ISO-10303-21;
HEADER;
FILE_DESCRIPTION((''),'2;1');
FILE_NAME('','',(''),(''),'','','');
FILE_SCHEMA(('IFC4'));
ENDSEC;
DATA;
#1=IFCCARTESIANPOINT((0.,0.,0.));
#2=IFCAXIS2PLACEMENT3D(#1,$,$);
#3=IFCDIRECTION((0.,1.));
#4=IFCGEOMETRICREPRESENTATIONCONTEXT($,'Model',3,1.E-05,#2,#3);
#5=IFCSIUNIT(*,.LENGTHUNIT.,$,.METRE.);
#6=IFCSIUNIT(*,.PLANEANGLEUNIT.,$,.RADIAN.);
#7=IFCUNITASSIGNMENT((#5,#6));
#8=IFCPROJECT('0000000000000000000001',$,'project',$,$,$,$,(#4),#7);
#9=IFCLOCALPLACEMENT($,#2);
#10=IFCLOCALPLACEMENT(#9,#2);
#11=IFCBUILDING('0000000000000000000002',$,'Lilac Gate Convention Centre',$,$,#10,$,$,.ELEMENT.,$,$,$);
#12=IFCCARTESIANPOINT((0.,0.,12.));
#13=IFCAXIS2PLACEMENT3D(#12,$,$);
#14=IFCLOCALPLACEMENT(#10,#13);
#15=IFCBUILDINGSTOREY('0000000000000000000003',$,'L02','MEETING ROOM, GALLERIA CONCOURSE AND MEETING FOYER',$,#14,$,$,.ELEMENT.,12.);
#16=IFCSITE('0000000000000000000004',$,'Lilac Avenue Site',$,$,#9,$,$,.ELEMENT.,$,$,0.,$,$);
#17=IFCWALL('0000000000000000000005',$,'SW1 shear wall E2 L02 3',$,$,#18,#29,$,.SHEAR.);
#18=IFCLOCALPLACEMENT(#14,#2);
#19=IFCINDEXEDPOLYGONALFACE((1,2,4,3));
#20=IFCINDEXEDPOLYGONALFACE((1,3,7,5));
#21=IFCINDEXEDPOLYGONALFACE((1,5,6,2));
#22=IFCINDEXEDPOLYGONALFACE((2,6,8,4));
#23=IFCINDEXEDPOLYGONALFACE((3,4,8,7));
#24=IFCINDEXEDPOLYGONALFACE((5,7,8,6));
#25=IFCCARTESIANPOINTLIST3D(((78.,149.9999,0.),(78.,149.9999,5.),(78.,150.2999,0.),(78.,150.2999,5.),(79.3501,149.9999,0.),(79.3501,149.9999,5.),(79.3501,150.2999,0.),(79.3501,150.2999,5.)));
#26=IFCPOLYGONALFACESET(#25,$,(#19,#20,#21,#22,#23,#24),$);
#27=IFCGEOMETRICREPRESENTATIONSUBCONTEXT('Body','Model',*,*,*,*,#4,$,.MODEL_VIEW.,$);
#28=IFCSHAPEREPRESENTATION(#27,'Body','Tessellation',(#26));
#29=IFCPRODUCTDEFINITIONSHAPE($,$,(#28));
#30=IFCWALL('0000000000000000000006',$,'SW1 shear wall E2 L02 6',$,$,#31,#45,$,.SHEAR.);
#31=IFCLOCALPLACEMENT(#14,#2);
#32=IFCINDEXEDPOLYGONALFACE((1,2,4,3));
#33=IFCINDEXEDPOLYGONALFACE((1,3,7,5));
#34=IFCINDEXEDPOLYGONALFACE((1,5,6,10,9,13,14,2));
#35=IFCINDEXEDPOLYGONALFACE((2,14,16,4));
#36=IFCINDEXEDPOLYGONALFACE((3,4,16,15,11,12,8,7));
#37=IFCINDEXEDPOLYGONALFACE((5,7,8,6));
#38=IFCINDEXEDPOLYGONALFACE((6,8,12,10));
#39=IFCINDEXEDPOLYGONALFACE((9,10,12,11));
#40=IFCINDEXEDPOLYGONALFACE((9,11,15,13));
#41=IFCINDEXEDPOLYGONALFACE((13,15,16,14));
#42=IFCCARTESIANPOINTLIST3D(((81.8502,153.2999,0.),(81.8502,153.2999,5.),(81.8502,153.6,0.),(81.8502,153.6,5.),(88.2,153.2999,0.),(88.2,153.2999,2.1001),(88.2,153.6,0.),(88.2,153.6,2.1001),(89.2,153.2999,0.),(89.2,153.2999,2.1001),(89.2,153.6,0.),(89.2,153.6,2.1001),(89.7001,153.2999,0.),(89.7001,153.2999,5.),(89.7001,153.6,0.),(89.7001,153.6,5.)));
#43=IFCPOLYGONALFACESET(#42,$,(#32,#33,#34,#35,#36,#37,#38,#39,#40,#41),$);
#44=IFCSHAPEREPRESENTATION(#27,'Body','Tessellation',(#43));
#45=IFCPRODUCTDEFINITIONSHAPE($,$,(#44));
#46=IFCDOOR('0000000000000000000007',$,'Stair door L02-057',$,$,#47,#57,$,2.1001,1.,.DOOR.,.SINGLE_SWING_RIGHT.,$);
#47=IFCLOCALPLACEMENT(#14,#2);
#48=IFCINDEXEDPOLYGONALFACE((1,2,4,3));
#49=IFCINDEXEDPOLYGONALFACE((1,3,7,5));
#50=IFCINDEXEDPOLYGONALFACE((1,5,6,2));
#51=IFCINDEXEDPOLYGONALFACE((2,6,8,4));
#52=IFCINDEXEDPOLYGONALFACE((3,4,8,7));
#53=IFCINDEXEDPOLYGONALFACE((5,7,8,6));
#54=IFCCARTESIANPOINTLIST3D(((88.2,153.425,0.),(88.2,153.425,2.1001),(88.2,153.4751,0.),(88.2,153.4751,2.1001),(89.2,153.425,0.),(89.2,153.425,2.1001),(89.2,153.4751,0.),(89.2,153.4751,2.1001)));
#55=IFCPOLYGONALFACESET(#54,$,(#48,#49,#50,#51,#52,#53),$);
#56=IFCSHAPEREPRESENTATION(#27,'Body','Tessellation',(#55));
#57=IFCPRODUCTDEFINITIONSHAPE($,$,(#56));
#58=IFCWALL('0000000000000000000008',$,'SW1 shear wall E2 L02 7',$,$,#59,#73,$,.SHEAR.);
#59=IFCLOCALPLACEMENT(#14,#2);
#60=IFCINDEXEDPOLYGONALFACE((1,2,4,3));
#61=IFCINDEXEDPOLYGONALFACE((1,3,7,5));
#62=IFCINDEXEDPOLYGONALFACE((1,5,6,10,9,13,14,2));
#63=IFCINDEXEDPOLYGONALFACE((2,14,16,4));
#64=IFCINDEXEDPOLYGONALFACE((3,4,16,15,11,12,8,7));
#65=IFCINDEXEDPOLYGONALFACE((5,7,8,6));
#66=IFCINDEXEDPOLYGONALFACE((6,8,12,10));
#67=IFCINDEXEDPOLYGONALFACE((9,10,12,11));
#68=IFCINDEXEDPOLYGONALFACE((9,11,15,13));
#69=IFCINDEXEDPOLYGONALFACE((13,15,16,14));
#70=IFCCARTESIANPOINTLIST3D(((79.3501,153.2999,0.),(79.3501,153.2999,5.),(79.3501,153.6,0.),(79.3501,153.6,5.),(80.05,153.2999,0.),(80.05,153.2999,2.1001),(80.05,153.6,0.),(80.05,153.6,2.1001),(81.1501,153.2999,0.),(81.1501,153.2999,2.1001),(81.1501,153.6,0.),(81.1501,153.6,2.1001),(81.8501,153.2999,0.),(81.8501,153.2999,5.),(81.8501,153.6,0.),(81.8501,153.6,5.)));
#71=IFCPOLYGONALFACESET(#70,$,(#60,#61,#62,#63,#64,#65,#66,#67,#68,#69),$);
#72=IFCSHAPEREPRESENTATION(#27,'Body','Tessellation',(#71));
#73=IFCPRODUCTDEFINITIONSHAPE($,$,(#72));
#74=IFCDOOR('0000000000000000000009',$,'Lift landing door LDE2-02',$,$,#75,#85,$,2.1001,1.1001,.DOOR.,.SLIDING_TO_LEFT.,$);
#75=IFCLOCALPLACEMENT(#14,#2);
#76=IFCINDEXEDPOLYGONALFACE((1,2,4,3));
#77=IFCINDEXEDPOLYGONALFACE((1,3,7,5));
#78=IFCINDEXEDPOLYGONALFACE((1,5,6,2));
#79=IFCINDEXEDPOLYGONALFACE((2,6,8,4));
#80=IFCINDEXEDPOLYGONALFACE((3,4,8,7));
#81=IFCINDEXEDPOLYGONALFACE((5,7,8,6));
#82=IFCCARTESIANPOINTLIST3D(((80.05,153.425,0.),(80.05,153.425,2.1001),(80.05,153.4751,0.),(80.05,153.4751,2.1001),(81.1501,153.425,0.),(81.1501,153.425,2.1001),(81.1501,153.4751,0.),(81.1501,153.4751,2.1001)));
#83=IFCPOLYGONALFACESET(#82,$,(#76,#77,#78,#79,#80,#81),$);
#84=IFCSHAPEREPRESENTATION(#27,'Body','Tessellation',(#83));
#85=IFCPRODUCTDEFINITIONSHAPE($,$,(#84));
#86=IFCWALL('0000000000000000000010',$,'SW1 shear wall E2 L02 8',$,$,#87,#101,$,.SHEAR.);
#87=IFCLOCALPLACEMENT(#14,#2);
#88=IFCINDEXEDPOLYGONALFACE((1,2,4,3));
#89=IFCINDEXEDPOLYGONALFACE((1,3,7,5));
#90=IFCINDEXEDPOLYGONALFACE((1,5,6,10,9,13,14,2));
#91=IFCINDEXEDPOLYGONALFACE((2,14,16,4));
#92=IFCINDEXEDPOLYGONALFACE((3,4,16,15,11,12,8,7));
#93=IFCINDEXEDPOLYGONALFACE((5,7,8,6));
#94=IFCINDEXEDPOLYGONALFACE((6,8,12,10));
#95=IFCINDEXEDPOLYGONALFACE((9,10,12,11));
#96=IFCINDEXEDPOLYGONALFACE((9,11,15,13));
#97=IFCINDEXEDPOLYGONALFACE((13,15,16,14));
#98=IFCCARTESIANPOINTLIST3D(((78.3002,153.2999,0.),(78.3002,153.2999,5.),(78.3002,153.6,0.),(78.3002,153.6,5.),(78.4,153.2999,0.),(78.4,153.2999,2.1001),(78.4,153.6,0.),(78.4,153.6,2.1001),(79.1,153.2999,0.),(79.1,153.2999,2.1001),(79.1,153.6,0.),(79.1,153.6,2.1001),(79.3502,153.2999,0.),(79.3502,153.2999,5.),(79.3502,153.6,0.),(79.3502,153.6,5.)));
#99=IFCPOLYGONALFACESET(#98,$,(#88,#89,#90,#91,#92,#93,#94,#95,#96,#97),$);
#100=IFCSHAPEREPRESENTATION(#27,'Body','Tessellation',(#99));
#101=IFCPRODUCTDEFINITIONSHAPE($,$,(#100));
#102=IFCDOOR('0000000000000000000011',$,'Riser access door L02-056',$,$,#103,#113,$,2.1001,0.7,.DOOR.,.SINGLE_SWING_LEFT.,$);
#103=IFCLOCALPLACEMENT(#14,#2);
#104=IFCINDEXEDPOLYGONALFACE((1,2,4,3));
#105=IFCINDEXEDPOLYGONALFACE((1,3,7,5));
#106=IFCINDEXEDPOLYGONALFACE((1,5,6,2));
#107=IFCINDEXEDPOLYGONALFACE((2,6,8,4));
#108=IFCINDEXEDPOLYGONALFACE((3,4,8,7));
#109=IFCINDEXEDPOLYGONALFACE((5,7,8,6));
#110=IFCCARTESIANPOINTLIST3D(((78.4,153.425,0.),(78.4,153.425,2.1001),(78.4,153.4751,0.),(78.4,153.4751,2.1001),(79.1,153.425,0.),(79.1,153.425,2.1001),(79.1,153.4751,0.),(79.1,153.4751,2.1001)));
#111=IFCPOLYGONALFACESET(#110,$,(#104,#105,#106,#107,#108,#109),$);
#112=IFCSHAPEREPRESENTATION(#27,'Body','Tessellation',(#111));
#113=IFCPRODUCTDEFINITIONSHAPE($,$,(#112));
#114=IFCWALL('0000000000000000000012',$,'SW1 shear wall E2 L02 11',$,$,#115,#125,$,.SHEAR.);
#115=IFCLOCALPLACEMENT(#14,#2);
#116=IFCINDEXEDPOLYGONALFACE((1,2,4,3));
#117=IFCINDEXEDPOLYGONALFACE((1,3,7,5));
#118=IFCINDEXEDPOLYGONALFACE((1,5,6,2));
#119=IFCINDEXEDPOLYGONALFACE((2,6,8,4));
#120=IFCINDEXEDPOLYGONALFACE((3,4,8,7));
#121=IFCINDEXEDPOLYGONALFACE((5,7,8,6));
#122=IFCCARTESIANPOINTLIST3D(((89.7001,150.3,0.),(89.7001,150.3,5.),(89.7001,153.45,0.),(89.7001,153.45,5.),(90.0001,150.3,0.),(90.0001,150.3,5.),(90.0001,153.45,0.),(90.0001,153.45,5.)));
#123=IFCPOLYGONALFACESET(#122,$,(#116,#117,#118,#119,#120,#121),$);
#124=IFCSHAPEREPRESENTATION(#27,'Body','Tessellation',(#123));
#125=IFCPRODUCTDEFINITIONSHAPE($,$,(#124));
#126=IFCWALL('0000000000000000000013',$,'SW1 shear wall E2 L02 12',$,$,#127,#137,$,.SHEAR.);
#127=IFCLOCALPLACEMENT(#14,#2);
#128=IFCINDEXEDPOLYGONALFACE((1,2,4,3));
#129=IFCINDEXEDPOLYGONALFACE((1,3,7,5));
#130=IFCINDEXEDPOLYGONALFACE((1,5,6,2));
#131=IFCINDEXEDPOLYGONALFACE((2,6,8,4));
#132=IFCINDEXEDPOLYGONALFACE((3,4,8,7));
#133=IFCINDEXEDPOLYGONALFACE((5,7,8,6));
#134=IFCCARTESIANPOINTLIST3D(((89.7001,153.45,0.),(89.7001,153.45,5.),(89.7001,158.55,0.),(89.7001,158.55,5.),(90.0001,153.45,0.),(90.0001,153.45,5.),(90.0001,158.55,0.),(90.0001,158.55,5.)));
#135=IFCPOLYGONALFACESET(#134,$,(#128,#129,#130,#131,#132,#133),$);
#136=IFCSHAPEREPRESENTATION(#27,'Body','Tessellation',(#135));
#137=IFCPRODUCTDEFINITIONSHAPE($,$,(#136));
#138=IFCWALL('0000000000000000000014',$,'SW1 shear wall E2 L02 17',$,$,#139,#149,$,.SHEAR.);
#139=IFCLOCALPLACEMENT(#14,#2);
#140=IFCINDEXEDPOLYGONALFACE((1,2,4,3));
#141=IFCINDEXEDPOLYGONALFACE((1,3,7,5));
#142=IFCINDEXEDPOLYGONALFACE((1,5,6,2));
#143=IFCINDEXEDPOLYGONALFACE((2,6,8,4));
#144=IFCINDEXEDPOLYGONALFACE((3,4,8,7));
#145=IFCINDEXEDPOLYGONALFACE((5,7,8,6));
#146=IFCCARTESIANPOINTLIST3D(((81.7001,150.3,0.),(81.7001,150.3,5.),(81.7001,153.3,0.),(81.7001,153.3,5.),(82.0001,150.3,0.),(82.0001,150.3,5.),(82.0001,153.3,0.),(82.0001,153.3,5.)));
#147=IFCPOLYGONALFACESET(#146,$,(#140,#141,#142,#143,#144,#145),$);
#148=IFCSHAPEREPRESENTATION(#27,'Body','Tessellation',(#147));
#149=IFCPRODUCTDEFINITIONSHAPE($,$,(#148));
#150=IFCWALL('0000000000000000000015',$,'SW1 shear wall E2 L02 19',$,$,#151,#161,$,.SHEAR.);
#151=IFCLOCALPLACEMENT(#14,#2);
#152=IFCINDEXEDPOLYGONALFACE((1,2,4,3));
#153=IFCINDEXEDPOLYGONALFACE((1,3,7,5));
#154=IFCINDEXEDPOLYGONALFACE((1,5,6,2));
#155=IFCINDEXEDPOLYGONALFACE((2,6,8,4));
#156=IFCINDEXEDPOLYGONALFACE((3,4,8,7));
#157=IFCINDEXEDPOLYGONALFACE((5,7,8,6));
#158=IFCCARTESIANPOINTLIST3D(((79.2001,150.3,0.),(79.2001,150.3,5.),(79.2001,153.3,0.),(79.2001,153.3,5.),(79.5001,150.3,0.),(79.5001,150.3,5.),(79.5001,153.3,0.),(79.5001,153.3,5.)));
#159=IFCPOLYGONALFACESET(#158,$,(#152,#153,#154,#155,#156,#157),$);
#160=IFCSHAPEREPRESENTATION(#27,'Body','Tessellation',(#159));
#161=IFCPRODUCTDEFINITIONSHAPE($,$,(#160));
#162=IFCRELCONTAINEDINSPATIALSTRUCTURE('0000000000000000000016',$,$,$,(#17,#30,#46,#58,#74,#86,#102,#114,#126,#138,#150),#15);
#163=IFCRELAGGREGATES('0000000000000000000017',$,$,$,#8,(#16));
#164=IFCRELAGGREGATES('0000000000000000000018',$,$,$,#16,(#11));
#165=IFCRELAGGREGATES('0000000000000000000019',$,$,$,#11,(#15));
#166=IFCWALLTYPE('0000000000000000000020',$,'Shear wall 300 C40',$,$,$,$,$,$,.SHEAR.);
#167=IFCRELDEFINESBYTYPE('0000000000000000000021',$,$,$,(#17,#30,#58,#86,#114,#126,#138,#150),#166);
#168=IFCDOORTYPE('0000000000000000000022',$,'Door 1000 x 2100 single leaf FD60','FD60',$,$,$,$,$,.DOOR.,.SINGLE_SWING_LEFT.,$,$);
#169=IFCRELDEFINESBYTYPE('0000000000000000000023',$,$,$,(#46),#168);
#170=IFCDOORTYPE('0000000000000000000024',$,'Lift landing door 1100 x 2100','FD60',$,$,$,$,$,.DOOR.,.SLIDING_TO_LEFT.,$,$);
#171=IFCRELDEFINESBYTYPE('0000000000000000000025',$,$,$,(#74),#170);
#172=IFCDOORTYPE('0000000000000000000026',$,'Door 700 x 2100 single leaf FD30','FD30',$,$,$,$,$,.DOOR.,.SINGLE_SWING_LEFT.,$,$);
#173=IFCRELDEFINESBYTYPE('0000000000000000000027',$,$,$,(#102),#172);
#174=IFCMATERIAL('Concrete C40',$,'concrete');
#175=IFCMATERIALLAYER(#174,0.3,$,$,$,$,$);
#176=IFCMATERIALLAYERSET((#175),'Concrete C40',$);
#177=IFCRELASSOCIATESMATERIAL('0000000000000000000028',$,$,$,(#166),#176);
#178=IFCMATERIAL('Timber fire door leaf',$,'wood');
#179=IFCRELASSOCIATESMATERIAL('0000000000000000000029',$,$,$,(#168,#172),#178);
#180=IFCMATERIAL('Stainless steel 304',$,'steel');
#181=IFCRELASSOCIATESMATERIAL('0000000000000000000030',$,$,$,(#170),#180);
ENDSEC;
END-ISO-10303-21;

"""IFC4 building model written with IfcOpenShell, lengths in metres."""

from ifc_helpers import new_model, si_unit, direction, frame, frame_2d, origin, place, context, subcontext, project, spatial, rectangle, extrude, material, layer, layer_set, type_object, element, fill, save


model = new_model("IFC4")

# Units and contexts
model_context = context("Model", 3, precision=1e-05, world=origin(), true_north=direction((0.0, 1.0)))
body_context = subcontext(model_context, "Body", "Model", "MODEL_VIEW")
ifc_project = project(units=[si_unit("LENGTHUNIT", "METRE"), si_unit("PLANEANGLEUNIT", "RADIAN")], contexts=[model_context])

# Site, building, storey
site_placement = place(None, origin())
site = spatial("IfcSite", under=ifc_project, at=site_placement, Name="Lilac Avenue Site", CompositionType="ELEMENT", RefElevation=0.0)
building_placement = place(site_placement, origin())
building = spatial("IfcBuilding", under=site, at=building_placement, Name="Lilac Gate Convention Centre", CompositionType="ELEMENT")
storey_placement = place(building_placement, frame((0.0, 0.0, 12.0)))
storey = spatial("IfcBuildingStorey", under=building, at=storey_placement, Name="L02", Description="MEETING ROOM, GALLERIA CONCOURSE AND MEETING FOYER", CompositionType="ELEMENT", Elevation=12.0)

# Shared definitions
ifc_material_1 = material(Name="Concrete C40", Category="concrete")

# Shared definitions
ifc_material_2 = material(Name="Timber fire door leaf", Category="wood")

# Shared definitions
ifc_layer_1 = layer(ifc_material_1, 0.3)
ifc_layer_set_1 = layer_set([ifc_layer_1], Name="Concrete C40")
wall_type_1 = type_object("IfcWallType", Name="Shear wall 300 C40", PredefinedType="SHEAR", material=ifc_layer_set_1)

# Wall
wall_1_placement = place(storey_placement, frame((79.3501, 150.1499, 0.0), z_axis=(0.0, 0.0, 1.0), x_axis=(-1.0, 0.0, 0.0)))
element("IfcWall", 1, at=wall_1_placement, inside=storey, type_object=wall_type_1, Name="SW1 shear wall E2 L02 3", PredefinedType="SHEAR", context=body_context, shape_type="SweptSolid", body=[
    extrude(rectangle(XDim=1.3501, YDim=0.3, at=frame_2d((0.675, 0.0))), origin(), (0.0, 0.0, 1.0), 5.0),
])

# Walls, openings, doors
wall_2_placement = place(storey_placement, frame((89.7, 153.45, 0.0), z_axis=(0.0, 0.0, 1.0), x_axis=(-1.0, 0.0, 0.0)))
wall_2 = element("IfcWall", 2, at=wall_2_placement, inside=storey, type_object=wall_type_1, Name="SW1 shear wall E2 L02 6", PredefinedType="SHEAR", context=body_context, shape_type="SweptSolid", body=[
    extrude(rectangle(XDim=7.8499, YDim=0.3, at=frame_2d((3.9248, 0.0))), origin(), (0.0, 0.0, 1.0), 5.0),
])
opening_1_placement = place(wall_2_placement, frame((0.5, 0.0, 0.0)))
opening_1 = element("IfcOpeningElement", 3, at=opening_1_placement, cuts=wall_2, PredefinedType="OPENING", context=body_context, shape_type="SweptSolid", body=[
    extrude(rectangle(XDim=1.0, YDim=2.1001, at=frame_2d((0.5, 1.05))), frame((0.0, 0.1599, 0.0), z_axis=(0.0, -1.0, 0.0), x_axis=(1.0, 0.0, 0.0)), (0.0, 0.0, 1.0), 0.3201),
])
door_type_1 = type_object("IfcDoorType", Name="Door 1000 x 2100 single leaf FD60", Description="FD60", OperationType="SINGLE_SWING_LEFT", PredefinedType="DOOR", material=ifc_material_2)
door_1_placement = place(opening_1_placement, origin())
door_1 = element("IfcDoor", 4, at=door_1_placement, inside=storey, type_object=door_type_1, Name="Stair door L02-057", OperationType="SINGLE_SWING_RIGHT", OverallHeight=2.1001, OverallWidth=1.0, PredefinedType="DOOR", context=body_context, shape_type="SweptSolid", body=[
    extrude(rectangle(XDim=1.0, YDim=2.1001, at=frame_2d((0.5, 1.05))), frame((0.0, 0.0249, 0.0), z_axis=(0.0, -1.0, 0.0), x_axis=(1.0, 0.0, 0.0)), (0.0, 0.0, 1.0), 0.05),
])
fill(opening_1, door_1)
wall_3_placement = place(storey_placement, frame((81.8501, 153.45, 0.0), z_axis=(0.0, 0.0, 1.0), x_axis=(-1.0, 0.0, 0.0)))
wall_3 = element("IfcWall", 5, at=wall_3_placement, inside=storey, type_object=wall_type_1, Name="SW1 shear wall E2 L02 7", PredefinedType="SHEAR", context=body_context, shape_type="SweptSolid", body=[
    extrude(rectangle(XDim=2.5, YDim=0.3, at=frame_2d((1.25, 0.0))), origin(), (0.0, 0.0, 1.0), 5.0),
])
opening_2_placement = place(wall_3_placement, frame((0.7, 0.0, 0.0)))
opening_2 = element("IfcOpeningElement", 6, at=opening_2_placement, cuts=wall_3, PredefinedType="OPENING", context=body_context, shape_type="SweptSolid", body=[
    extrude(rectangle(XDim=1.1001, YDim=2.1001, at=frame_2d((0.55, 1.05))), frame((0.0, 0.1599, 0.0), z_axis=(0.0, -1.0, 0.0), x_axis=(1.0, 0.0, 0.0)), (0.0, 0.0, 1.0), 0.3201),
])
ifc_material_3 = material(Name="Stainless steel 304", Category="steel")
door_type_2 = type_object("IfcDoorType", Name="Lift landing door 1100 x 2100", Description="FD60", OperationType="SLIDING_TO_LEFT", PredefinedType="DOOR", material=ifc_material_3)
door_2_placement = place(opening_2_placement, origin())
door_2 = element("IfcDoor", 7, at=door_2_placement, inside=storey, type_object=door_type_2, Name="Lift landing door LDE2-02", OperationType="SLIDING_TO_LEFT", OverallHeight=2.1001, OverallWidth=1.1001, PredefinedType="DOOR", context=body_context, shape_type="SweptSolid", body=[
    extrude(rectangle(XDim=1.1001, YDim=2.1001, at=frame_2d((0.55, 1.05))), frame((0.0, 0.0249, 0.0), z_axis=(0.0, -1.0, 0.0), x_axis=(1.0, 0.0, 0.0)), (0.0, 0.0, 1.0), 0.05),
])
fill(opening_2, door_2)
wall_4_placement = place(storey_placement, frame((79.3501, 153.45, 0.0), z_axis=(0.0, 0.0, 1.0), x_axis=(-1.0, 0.0, 0.0)))
wall_4 = element("IfcWall", 8, at=wall_4_placement, inside=storey, type_object=wall_type_1, Name="SW1 shear wall E2 L02 8", PredefinedType="SHEAR", context=body_context, shape_type="SweptSolid", body=[
    extrude(rectangle(XDim=1.05, YDim=0.3, at=frame_2d((0.5249, 0.0))), origin(), (0.0, 0.0, 1.0), 5.0),
])
opening_3_placement = place(wall_4_placement, frame((0.25, 0.0, 0.0)))
opening_3 = element("IfcOpeningElement", 9, at=opening_3_placement, cuts=wall_4, PredefinedType="OPENING", context=body_context, shape_type="SweptSolid", body=[
    extrude(rectangle(XDim=0.7, YDim=2.1001, at=frame_2d((0.3501, 1.05))), frame((0.0, 0.1599, 0.0), z_axis=(0.0, -1.0, 0.0), x_axis=(1.0, 0.0, 0.0)), (0.0, 0.0, 1.0), 0.3201),
])
door_type_3 = type_object("IfcDoorType", Name="Door 700 x 2100 single leaf FD30", Description="FD30", OperationType="SINGLE_SWING_LEFT", PredefinedType="DOOR", material=ifc_material_2)
door_3_placement = place(opening_3_placement, origin())
door_3 = element("IfcDoor", 10, at=door_3_placement, inside=storey, type_object=door_type_3, Name="Riser access door L02-056", OperationType="SINGLE_SWING_LEFT", OverallHeight=2.1001, OverallWidth=0.7, PredefinedType="DOOR", context=body_context, shape_type="SweptSolid", body=[
    extrude(rectangle(XDim=0.7, YDim=2.1001, at=frame_2d((0.3501, 1.05))), frame((0.0, 0.0249, 0.0), z_axis=(0.0, -1.0, 0.0), x_axis=(1.0, 0.0, 0.0)), (0.0, 0.0, 1.0), 0.05),
])
fill(opening_3, door_3)

# Walls
wall_5_placement = place(storey_placement, frame((89.8501, 150.3, 0.0), z_axis=(0.0, 0.0, 1.0), x_axis=(0.0, 1.0, 0.0)))
element("IfcWall", 11, at=wall_5_placement, inside=storey, type_object=wall_type_1, Name="SW1 shear wall E2 L02 11", PredefinedType="SHEAR", context=body_context, shape_type="SweptSolid", body=[
    extrude(rectangle(XDim=3.1499, YDim=0.3, at=frame_2d((1.575, 0.0))), origin(), (0.0, 0.0, 1.0), 5.0),
])
wall_6_placement = place(storey_placement, frame((89.8501, 153.45, 0.0), z_axis=(0.0, 0.0, 1.0), x_axis=(0.0, 1.0, 0.0)))
element("IfcWall", 12, at=wall_6_placement, inside=storey, type_object=wall_type_1, Name="SW1 shear wall E2 L02 12", PredefinedType="SHEAR", context=body_context, shape_type="SweptSolid", body=[
    extrude(rectangle(XDim=5.1001, YDim=0.3, at=frame_2d((2.55, 0.0))), origin(), (0.0, 0.0, 1.0), 5.0),
])
for number, where, z_axis, x_axis, name in (
    (13, (81.8501, 150.3, 0.0), (0.0, 0.0, 1.0), (0.0, 1.0, 0.0), "SW1 shear wall E2 L02 17"),
    (14, (79.3501, 150.3, 0.0), (0.0, 0.0, 1.0), (0.0, 1.0, 0.0), "SW1 shear wall E2 L02 19"),
):
    element("IfcWall", number, at=place(storey_placement, frame(where, z_axis=z_axis, x_axis=x_axis)), inside=storey, type_object=wall_type_1, Name=name, PredefinedType="SHEAR", context=body_context, shape_type="SweptSolid", body=[
        extrude(rectangle(XDim=3.0, YDim=0.3, at=frame_2d((1.5, 0.0))), origin(), (0.0, 0.0, 1.0), 5.0),
    ])

save(model, "model.ifc")
